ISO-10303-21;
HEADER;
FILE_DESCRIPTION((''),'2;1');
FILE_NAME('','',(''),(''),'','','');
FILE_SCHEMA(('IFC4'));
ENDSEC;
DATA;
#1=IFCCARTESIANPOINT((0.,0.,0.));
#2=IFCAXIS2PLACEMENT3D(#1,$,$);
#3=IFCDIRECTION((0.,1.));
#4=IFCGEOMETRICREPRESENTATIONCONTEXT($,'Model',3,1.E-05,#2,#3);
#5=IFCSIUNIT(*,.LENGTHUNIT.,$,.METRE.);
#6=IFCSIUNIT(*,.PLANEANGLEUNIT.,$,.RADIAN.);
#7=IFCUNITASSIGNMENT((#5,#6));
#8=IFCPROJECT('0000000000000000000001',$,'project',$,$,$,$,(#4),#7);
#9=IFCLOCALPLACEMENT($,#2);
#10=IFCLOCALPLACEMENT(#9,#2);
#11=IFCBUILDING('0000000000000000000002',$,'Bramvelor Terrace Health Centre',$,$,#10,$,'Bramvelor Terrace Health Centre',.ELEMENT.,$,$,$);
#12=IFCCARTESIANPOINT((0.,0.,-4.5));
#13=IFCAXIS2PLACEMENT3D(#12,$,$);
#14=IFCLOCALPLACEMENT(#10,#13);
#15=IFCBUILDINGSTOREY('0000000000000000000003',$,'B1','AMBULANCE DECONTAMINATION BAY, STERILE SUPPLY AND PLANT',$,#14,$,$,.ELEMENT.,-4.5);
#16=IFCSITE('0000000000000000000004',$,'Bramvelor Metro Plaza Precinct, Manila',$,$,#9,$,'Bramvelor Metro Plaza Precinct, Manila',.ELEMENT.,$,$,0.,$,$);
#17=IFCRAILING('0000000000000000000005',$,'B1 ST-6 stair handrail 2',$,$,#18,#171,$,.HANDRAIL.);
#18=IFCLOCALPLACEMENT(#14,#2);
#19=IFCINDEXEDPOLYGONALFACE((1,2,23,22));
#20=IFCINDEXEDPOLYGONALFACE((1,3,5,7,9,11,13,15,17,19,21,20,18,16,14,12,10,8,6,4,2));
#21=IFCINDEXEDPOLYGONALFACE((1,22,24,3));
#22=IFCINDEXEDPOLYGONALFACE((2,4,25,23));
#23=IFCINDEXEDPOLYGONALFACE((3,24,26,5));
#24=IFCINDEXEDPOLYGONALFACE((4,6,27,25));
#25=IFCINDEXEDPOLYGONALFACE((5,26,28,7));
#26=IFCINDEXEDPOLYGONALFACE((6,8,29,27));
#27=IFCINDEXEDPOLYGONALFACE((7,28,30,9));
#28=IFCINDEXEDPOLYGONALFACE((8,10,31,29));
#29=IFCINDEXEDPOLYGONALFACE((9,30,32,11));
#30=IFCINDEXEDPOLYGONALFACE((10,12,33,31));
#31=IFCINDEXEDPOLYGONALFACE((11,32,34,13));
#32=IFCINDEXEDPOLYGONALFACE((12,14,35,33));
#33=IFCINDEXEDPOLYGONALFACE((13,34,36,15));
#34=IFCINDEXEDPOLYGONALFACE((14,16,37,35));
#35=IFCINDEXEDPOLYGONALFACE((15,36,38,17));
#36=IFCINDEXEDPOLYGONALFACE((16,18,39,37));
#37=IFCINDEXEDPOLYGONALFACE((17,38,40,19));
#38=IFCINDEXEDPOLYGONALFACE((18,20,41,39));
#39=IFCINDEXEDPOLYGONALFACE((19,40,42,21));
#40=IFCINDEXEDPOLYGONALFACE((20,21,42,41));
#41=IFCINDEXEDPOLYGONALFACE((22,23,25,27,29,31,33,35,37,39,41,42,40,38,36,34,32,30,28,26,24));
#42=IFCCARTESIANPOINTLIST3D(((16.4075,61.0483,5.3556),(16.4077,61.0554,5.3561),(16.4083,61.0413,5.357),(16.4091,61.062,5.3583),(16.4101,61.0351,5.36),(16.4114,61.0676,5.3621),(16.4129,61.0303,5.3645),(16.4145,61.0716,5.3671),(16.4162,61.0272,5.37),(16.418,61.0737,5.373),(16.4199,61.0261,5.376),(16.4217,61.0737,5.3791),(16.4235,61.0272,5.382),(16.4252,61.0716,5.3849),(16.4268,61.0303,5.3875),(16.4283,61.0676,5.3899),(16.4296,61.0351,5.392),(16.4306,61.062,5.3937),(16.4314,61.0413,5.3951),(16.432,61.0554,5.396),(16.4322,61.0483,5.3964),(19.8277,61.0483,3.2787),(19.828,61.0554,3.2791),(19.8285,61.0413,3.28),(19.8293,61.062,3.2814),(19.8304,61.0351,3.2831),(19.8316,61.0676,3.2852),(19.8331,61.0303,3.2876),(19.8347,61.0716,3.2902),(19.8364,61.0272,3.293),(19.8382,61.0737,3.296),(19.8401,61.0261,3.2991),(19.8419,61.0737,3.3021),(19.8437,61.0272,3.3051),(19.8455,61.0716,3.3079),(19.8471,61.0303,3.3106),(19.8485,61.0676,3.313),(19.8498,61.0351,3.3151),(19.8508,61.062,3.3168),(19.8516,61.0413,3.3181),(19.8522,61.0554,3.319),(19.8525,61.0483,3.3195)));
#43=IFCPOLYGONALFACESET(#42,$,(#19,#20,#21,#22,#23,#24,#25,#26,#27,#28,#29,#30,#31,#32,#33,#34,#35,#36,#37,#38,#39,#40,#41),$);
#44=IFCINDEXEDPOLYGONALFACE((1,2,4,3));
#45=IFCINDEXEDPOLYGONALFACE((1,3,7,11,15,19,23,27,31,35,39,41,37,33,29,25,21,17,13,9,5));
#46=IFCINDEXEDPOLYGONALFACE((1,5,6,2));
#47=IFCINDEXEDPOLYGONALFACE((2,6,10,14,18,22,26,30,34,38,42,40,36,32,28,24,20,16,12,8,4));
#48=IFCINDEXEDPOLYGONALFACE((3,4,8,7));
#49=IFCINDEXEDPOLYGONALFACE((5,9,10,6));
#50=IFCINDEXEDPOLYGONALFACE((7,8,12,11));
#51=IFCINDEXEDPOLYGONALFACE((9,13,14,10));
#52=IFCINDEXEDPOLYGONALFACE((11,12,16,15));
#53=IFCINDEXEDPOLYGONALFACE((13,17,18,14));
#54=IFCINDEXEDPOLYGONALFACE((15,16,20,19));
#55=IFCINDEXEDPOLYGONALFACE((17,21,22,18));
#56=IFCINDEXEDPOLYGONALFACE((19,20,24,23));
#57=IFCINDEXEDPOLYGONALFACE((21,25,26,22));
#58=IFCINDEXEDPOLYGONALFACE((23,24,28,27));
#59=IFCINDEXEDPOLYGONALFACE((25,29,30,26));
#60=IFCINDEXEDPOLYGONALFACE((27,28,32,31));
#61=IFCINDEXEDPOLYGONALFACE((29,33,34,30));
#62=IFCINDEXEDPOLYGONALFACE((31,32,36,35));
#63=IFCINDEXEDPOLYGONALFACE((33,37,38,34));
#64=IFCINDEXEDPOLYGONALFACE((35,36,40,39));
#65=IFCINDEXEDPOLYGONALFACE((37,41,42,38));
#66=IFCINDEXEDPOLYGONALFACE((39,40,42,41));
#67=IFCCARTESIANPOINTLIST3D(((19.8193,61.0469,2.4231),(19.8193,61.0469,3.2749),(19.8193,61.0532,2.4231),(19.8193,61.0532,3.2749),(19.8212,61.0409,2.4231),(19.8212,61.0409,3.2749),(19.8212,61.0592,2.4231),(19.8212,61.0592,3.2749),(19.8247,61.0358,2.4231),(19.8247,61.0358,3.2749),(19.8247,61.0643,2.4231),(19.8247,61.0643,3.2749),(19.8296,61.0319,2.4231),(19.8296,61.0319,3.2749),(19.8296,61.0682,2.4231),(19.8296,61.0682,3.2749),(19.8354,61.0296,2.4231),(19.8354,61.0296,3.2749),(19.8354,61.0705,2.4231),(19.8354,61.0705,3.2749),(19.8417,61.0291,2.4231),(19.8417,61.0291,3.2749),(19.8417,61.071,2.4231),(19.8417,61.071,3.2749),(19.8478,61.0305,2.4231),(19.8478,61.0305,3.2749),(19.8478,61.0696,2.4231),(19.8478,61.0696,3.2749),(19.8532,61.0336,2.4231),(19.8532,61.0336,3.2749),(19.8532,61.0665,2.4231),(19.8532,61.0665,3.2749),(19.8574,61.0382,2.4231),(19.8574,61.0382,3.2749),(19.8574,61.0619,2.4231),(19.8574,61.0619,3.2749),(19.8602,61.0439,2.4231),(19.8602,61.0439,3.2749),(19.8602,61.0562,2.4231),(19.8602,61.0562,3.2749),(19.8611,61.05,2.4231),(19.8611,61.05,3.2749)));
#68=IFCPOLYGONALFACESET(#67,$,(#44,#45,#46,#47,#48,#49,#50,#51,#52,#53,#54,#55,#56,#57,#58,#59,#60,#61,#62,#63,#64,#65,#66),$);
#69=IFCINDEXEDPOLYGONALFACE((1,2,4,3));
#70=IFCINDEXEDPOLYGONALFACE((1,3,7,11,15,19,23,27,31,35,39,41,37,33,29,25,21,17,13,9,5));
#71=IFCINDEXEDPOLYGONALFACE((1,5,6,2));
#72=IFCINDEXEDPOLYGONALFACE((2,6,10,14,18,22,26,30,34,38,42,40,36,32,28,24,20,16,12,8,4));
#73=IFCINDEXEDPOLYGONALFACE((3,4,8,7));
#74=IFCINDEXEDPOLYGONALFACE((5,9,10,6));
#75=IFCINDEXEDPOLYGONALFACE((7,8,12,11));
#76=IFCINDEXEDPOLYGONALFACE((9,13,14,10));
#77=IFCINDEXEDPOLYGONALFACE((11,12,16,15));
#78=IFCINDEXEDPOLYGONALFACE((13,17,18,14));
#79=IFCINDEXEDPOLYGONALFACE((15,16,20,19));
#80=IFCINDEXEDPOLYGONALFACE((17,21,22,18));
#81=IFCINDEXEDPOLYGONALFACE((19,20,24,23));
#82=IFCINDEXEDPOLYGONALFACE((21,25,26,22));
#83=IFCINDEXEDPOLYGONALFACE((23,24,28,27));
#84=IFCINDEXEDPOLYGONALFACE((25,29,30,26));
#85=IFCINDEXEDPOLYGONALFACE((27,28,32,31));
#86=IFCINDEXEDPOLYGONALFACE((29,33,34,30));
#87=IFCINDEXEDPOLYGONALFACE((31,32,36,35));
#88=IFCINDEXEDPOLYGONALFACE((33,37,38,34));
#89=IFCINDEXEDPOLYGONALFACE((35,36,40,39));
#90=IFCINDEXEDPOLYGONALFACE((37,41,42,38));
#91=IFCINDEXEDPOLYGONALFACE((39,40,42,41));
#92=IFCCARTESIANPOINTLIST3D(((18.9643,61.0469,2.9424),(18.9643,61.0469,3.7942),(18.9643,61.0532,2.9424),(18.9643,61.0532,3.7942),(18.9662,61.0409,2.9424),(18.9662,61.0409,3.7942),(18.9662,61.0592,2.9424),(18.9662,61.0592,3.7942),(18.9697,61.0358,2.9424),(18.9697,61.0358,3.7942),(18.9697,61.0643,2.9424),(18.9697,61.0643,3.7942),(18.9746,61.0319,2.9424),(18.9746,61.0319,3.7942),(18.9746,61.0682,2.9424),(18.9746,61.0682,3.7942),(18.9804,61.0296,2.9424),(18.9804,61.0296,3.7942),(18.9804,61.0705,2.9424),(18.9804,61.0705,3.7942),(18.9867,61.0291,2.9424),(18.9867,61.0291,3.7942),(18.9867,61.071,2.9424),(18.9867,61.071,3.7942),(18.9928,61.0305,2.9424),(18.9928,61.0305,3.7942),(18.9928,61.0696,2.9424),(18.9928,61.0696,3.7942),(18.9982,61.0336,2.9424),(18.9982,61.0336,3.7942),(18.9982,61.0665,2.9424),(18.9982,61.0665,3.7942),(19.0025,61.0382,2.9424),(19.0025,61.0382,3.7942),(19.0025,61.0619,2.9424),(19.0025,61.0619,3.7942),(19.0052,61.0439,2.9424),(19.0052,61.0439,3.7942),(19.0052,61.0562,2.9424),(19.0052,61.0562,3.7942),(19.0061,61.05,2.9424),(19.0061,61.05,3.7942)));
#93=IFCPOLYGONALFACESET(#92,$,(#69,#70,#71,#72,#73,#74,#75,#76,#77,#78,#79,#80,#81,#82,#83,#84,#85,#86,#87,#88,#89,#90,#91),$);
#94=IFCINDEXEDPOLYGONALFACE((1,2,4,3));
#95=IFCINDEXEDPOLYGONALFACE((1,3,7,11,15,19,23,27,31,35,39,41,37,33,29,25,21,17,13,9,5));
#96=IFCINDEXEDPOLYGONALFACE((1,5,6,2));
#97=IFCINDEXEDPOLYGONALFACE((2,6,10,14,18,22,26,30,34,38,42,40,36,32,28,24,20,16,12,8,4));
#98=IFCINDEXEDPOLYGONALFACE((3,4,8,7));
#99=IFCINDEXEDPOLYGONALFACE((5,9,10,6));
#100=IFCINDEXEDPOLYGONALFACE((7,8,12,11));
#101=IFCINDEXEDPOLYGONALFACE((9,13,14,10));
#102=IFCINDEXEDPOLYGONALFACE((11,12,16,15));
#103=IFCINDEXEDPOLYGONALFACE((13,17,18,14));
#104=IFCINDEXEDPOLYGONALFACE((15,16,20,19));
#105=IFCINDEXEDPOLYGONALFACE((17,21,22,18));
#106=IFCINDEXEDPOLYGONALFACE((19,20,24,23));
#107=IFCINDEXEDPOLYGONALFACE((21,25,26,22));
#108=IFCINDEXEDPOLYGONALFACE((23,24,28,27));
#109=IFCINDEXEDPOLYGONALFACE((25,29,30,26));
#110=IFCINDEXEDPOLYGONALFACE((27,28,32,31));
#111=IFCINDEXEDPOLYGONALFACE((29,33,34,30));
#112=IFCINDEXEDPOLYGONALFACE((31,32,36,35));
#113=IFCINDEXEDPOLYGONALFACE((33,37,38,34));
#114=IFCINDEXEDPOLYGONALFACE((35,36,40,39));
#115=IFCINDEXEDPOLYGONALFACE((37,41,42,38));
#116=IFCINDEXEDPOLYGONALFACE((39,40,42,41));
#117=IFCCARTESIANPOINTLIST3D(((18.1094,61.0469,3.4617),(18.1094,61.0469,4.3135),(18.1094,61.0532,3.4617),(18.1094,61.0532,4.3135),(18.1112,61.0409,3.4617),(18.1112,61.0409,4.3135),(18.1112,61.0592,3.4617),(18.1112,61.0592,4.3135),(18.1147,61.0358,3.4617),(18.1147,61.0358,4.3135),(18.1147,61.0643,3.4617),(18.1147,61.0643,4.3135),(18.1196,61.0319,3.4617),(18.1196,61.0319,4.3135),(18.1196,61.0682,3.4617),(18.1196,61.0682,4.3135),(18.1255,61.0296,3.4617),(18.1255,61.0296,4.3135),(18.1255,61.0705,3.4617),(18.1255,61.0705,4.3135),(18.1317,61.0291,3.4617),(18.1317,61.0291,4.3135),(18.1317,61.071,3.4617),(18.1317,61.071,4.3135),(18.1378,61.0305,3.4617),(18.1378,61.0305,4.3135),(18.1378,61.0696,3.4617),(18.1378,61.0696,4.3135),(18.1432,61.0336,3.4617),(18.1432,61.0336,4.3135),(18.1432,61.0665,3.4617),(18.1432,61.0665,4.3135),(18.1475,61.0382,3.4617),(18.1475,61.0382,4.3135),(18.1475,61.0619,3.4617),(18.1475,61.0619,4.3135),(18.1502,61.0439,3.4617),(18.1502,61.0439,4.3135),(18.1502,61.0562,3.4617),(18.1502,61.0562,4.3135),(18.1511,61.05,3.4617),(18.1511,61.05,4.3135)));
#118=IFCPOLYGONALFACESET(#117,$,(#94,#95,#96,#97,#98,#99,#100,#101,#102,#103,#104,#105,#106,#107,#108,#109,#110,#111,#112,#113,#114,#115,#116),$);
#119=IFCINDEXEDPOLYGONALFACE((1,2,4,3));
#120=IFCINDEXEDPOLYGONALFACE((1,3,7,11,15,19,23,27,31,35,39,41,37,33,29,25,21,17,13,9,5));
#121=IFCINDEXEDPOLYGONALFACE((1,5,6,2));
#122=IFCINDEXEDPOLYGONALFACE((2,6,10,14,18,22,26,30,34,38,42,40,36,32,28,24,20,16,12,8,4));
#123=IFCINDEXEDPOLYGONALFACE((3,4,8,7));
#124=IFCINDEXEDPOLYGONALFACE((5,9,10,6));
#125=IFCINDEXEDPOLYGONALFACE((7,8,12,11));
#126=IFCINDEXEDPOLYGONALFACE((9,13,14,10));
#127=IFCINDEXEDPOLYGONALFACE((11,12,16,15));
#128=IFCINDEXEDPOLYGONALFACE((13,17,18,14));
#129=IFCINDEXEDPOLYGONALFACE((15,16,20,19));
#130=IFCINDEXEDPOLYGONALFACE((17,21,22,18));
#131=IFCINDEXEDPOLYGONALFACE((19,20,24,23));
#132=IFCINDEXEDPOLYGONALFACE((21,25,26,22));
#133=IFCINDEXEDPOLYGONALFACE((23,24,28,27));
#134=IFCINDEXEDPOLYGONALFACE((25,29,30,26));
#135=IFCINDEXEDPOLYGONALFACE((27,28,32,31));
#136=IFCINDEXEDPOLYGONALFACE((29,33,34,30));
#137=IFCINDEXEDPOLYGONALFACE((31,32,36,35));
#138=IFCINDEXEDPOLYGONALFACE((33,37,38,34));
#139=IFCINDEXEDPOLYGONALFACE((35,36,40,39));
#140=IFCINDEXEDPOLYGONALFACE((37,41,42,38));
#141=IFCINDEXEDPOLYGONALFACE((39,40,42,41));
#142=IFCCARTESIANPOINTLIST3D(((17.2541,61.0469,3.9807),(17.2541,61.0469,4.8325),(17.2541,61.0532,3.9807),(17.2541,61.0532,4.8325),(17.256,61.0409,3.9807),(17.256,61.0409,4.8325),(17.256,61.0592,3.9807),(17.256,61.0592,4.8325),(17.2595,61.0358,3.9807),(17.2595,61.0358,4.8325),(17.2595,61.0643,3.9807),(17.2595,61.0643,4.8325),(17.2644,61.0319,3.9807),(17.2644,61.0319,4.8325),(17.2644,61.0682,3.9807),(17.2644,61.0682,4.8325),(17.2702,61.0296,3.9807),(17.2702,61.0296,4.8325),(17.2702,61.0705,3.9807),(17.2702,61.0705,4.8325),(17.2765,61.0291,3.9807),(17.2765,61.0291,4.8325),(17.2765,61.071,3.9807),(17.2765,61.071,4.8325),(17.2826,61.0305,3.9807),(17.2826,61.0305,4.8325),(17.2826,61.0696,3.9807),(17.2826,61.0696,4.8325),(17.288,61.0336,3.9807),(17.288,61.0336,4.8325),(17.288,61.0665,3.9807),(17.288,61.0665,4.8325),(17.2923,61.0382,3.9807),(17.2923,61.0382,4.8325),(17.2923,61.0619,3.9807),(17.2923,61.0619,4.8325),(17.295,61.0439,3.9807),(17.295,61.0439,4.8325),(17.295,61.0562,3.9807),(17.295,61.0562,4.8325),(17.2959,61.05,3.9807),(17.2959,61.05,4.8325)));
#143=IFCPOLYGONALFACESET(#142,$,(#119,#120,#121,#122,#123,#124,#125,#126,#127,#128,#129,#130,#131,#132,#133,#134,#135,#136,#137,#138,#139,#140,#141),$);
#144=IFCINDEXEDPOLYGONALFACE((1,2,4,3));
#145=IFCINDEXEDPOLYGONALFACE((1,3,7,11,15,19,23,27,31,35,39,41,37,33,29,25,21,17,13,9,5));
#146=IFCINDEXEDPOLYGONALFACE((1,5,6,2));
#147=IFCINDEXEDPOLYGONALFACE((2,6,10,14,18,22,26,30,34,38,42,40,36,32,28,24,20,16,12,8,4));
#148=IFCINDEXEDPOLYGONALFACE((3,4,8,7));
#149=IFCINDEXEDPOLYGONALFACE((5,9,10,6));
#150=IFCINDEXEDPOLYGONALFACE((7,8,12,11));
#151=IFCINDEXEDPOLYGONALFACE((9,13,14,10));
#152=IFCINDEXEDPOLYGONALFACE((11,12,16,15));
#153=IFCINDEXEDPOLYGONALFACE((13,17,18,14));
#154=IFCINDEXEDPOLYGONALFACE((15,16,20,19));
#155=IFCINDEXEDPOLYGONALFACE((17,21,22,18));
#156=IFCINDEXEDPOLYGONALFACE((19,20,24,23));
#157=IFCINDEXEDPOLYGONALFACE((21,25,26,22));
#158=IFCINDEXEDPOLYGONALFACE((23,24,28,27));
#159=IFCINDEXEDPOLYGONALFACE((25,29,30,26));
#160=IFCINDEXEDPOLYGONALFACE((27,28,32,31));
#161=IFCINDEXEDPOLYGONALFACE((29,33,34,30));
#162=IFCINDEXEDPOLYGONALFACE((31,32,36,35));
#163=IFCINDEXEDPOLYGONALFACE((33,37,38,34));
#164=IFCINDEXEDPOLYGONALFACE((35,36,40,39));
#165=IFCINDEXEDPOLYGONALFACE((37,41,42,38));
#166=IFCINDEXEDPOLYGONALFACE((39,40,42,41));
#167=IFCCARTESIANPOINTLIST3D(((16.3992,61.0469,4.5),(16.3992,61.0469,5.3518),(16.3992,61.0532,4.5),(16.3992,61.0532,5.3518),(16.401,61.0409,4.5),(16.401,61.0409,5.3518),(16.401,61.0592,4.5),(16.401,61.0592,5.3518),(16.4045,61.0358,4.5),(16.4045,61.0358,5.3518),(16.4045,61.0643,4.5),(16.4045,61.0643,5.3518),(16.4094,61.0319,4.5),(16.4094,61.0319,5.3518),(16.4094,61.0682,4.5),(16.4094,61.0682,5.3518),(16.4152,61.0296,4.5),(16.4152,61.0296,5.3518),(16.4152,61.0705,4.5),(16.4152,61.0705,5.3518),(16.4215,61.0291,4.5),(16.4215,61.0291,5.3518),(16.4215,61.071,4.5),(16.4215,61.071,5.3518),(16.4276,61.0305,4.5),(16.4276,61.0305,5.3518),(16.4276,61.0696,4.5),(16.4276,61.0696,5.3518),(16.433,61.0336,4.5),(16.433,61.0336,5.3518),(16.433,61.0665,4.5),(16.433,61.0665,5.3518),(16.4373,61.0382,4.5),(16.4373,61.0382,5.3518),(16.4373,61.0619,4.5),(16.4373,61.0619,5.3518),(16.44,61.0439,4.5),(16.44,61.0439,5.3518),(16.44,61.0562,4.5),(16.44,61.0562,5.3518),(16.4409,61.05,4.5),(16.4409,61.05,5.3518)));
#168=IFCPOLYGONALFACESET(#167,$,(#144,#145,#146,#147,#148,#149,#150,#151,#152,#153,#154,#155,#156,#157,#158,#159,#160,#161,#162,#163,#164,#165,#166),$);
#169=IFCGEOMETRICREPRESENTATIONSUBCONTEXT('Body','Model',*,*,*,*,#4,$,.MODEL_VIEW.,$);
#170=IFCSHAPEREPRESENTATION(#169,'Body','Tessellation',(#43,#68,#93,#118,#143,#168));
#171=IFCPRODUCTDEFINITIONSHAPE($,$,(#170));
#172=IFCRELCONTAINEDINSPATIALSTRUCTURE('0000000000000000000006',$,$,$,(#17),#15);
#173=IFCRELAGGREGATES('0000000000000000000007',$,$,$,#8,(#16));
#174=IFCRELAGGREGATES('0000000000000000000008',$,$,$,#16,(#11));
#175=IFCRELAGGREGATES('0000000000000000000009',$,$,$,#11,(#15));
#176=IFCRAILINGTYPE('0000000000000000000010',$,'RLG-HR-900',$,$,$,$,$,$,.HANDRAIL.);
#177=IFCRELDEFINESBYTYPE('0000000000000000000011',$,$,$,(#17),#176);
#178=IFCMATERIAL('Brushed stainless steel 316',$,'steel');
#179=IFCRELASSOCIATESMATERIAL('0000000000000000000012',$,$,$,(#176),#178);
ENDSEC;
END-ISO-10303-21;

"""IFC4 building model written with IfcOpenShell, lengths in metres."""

from ifc_helpers import new_model, si_unit, direction, frame, origin, origin_2d, place, context, subcontext, project, spatial, circle, extrude, material, type_object, element, save


model = new_model("IFC4")

# Units and contexts
model_context = context("Model", 3, precision=1e-05, world=origin(), true_north=direction((0.0, 1.0)))
body_context = subcontext(model_context, "Body", "Model", "MODEL_VIEW")
ifc_project = project(units=[si_unit("LENGTHUNIT", "METRE"), si_unit("PLANEANGLEUNIT", "RADIAN")], contexts=[model_context])

# Site, building, storey
site_placement = place(None, origin())
site = spatial("IfcSite", under=ifc_project, at=site_placement, Name="Bramvelor Metro Plaza Precinct, Manila", LongName="Bramvelor Metro Plaza Precinct, Manila", CompositionType="ELEMENT", RefElevation=0.0)
building_placement = place(site_placement, origin())
building = spatial("IfcBuilding", under=site, at=building_placement, Name="Bramvelor Terrace Health Centre", LongName="Bramvelor Terrace Health Centre", CompositionType="ELEMENT")
storey_placement = place(building_placement, frame((0.0, 0.0, -4.5)))
storey = spatial("IfcBuildingStorey", under=building, at=storey_placement, Name="B1", Description="AMBULANCE DECONTAMINATION BAY, STERILE SUPPLY AND PLANT", CompositionType="ELEMENT", Elevation=-4.5)

# Railing
ifc_material_1 = material(Name="Brushed stainless steel 316", Category="steel")
railing_type_1 = type_object("IfcRailingType", Name="RLG-HR-900", PredefinedType="HANDRAIL", material=ifc_material_1)
railing_1_placement = place(storey_placement, frame((19.8401, 61.05, 2.4231)))
element("IfcRailing", 1, at=railing_1_placement, inside=storey, type_object=railing_type_1, Name="B1 ST-6 stair handrail 2", PredefinedType="HANDRAIL", context=body_context, shape_type="SweptSolid", body=[
    extrude(circle(Radius=0.0239, at=origin_2d()), frame((0.0, 0.0, 0.876), z_axis=(-0.854746, 0.0, 0.519047), x_axis=(0.0, -1.0, 0.0)), (0.0, 0.0, 1.0), 4.0015),
    extrude(circle(Radius=0.021, at=origin_2d()), origin(), (0.0, 0.0, 1.0), 0.8518),
    extrude(circle(Radius=0.021, at=origin_2d()), frame((-0.855, 0.0, 0.5193)), (0.0, 0.0, 1.0), 0.8518),
    extrude(circle(Radius=0.021, at=origin_2d()), frame((-1.71, 0.0, 1.0386)), (0.0, 0.0, 1.0), 0.8518),
    extrude(circle(Radius=0.021, at=origin_2d()), frame((-2.5652, 0.0, 1.5576)), (0.0, 0.0, 1.0), 0.8518),
    extrude(circle(Radius=0.021, at=origin_2d()), frame((-3.4202, 0.0, 2.0769)), (0.0, 0.0, 1.0), 0.8518),
])

save(model, "model.ifc")
